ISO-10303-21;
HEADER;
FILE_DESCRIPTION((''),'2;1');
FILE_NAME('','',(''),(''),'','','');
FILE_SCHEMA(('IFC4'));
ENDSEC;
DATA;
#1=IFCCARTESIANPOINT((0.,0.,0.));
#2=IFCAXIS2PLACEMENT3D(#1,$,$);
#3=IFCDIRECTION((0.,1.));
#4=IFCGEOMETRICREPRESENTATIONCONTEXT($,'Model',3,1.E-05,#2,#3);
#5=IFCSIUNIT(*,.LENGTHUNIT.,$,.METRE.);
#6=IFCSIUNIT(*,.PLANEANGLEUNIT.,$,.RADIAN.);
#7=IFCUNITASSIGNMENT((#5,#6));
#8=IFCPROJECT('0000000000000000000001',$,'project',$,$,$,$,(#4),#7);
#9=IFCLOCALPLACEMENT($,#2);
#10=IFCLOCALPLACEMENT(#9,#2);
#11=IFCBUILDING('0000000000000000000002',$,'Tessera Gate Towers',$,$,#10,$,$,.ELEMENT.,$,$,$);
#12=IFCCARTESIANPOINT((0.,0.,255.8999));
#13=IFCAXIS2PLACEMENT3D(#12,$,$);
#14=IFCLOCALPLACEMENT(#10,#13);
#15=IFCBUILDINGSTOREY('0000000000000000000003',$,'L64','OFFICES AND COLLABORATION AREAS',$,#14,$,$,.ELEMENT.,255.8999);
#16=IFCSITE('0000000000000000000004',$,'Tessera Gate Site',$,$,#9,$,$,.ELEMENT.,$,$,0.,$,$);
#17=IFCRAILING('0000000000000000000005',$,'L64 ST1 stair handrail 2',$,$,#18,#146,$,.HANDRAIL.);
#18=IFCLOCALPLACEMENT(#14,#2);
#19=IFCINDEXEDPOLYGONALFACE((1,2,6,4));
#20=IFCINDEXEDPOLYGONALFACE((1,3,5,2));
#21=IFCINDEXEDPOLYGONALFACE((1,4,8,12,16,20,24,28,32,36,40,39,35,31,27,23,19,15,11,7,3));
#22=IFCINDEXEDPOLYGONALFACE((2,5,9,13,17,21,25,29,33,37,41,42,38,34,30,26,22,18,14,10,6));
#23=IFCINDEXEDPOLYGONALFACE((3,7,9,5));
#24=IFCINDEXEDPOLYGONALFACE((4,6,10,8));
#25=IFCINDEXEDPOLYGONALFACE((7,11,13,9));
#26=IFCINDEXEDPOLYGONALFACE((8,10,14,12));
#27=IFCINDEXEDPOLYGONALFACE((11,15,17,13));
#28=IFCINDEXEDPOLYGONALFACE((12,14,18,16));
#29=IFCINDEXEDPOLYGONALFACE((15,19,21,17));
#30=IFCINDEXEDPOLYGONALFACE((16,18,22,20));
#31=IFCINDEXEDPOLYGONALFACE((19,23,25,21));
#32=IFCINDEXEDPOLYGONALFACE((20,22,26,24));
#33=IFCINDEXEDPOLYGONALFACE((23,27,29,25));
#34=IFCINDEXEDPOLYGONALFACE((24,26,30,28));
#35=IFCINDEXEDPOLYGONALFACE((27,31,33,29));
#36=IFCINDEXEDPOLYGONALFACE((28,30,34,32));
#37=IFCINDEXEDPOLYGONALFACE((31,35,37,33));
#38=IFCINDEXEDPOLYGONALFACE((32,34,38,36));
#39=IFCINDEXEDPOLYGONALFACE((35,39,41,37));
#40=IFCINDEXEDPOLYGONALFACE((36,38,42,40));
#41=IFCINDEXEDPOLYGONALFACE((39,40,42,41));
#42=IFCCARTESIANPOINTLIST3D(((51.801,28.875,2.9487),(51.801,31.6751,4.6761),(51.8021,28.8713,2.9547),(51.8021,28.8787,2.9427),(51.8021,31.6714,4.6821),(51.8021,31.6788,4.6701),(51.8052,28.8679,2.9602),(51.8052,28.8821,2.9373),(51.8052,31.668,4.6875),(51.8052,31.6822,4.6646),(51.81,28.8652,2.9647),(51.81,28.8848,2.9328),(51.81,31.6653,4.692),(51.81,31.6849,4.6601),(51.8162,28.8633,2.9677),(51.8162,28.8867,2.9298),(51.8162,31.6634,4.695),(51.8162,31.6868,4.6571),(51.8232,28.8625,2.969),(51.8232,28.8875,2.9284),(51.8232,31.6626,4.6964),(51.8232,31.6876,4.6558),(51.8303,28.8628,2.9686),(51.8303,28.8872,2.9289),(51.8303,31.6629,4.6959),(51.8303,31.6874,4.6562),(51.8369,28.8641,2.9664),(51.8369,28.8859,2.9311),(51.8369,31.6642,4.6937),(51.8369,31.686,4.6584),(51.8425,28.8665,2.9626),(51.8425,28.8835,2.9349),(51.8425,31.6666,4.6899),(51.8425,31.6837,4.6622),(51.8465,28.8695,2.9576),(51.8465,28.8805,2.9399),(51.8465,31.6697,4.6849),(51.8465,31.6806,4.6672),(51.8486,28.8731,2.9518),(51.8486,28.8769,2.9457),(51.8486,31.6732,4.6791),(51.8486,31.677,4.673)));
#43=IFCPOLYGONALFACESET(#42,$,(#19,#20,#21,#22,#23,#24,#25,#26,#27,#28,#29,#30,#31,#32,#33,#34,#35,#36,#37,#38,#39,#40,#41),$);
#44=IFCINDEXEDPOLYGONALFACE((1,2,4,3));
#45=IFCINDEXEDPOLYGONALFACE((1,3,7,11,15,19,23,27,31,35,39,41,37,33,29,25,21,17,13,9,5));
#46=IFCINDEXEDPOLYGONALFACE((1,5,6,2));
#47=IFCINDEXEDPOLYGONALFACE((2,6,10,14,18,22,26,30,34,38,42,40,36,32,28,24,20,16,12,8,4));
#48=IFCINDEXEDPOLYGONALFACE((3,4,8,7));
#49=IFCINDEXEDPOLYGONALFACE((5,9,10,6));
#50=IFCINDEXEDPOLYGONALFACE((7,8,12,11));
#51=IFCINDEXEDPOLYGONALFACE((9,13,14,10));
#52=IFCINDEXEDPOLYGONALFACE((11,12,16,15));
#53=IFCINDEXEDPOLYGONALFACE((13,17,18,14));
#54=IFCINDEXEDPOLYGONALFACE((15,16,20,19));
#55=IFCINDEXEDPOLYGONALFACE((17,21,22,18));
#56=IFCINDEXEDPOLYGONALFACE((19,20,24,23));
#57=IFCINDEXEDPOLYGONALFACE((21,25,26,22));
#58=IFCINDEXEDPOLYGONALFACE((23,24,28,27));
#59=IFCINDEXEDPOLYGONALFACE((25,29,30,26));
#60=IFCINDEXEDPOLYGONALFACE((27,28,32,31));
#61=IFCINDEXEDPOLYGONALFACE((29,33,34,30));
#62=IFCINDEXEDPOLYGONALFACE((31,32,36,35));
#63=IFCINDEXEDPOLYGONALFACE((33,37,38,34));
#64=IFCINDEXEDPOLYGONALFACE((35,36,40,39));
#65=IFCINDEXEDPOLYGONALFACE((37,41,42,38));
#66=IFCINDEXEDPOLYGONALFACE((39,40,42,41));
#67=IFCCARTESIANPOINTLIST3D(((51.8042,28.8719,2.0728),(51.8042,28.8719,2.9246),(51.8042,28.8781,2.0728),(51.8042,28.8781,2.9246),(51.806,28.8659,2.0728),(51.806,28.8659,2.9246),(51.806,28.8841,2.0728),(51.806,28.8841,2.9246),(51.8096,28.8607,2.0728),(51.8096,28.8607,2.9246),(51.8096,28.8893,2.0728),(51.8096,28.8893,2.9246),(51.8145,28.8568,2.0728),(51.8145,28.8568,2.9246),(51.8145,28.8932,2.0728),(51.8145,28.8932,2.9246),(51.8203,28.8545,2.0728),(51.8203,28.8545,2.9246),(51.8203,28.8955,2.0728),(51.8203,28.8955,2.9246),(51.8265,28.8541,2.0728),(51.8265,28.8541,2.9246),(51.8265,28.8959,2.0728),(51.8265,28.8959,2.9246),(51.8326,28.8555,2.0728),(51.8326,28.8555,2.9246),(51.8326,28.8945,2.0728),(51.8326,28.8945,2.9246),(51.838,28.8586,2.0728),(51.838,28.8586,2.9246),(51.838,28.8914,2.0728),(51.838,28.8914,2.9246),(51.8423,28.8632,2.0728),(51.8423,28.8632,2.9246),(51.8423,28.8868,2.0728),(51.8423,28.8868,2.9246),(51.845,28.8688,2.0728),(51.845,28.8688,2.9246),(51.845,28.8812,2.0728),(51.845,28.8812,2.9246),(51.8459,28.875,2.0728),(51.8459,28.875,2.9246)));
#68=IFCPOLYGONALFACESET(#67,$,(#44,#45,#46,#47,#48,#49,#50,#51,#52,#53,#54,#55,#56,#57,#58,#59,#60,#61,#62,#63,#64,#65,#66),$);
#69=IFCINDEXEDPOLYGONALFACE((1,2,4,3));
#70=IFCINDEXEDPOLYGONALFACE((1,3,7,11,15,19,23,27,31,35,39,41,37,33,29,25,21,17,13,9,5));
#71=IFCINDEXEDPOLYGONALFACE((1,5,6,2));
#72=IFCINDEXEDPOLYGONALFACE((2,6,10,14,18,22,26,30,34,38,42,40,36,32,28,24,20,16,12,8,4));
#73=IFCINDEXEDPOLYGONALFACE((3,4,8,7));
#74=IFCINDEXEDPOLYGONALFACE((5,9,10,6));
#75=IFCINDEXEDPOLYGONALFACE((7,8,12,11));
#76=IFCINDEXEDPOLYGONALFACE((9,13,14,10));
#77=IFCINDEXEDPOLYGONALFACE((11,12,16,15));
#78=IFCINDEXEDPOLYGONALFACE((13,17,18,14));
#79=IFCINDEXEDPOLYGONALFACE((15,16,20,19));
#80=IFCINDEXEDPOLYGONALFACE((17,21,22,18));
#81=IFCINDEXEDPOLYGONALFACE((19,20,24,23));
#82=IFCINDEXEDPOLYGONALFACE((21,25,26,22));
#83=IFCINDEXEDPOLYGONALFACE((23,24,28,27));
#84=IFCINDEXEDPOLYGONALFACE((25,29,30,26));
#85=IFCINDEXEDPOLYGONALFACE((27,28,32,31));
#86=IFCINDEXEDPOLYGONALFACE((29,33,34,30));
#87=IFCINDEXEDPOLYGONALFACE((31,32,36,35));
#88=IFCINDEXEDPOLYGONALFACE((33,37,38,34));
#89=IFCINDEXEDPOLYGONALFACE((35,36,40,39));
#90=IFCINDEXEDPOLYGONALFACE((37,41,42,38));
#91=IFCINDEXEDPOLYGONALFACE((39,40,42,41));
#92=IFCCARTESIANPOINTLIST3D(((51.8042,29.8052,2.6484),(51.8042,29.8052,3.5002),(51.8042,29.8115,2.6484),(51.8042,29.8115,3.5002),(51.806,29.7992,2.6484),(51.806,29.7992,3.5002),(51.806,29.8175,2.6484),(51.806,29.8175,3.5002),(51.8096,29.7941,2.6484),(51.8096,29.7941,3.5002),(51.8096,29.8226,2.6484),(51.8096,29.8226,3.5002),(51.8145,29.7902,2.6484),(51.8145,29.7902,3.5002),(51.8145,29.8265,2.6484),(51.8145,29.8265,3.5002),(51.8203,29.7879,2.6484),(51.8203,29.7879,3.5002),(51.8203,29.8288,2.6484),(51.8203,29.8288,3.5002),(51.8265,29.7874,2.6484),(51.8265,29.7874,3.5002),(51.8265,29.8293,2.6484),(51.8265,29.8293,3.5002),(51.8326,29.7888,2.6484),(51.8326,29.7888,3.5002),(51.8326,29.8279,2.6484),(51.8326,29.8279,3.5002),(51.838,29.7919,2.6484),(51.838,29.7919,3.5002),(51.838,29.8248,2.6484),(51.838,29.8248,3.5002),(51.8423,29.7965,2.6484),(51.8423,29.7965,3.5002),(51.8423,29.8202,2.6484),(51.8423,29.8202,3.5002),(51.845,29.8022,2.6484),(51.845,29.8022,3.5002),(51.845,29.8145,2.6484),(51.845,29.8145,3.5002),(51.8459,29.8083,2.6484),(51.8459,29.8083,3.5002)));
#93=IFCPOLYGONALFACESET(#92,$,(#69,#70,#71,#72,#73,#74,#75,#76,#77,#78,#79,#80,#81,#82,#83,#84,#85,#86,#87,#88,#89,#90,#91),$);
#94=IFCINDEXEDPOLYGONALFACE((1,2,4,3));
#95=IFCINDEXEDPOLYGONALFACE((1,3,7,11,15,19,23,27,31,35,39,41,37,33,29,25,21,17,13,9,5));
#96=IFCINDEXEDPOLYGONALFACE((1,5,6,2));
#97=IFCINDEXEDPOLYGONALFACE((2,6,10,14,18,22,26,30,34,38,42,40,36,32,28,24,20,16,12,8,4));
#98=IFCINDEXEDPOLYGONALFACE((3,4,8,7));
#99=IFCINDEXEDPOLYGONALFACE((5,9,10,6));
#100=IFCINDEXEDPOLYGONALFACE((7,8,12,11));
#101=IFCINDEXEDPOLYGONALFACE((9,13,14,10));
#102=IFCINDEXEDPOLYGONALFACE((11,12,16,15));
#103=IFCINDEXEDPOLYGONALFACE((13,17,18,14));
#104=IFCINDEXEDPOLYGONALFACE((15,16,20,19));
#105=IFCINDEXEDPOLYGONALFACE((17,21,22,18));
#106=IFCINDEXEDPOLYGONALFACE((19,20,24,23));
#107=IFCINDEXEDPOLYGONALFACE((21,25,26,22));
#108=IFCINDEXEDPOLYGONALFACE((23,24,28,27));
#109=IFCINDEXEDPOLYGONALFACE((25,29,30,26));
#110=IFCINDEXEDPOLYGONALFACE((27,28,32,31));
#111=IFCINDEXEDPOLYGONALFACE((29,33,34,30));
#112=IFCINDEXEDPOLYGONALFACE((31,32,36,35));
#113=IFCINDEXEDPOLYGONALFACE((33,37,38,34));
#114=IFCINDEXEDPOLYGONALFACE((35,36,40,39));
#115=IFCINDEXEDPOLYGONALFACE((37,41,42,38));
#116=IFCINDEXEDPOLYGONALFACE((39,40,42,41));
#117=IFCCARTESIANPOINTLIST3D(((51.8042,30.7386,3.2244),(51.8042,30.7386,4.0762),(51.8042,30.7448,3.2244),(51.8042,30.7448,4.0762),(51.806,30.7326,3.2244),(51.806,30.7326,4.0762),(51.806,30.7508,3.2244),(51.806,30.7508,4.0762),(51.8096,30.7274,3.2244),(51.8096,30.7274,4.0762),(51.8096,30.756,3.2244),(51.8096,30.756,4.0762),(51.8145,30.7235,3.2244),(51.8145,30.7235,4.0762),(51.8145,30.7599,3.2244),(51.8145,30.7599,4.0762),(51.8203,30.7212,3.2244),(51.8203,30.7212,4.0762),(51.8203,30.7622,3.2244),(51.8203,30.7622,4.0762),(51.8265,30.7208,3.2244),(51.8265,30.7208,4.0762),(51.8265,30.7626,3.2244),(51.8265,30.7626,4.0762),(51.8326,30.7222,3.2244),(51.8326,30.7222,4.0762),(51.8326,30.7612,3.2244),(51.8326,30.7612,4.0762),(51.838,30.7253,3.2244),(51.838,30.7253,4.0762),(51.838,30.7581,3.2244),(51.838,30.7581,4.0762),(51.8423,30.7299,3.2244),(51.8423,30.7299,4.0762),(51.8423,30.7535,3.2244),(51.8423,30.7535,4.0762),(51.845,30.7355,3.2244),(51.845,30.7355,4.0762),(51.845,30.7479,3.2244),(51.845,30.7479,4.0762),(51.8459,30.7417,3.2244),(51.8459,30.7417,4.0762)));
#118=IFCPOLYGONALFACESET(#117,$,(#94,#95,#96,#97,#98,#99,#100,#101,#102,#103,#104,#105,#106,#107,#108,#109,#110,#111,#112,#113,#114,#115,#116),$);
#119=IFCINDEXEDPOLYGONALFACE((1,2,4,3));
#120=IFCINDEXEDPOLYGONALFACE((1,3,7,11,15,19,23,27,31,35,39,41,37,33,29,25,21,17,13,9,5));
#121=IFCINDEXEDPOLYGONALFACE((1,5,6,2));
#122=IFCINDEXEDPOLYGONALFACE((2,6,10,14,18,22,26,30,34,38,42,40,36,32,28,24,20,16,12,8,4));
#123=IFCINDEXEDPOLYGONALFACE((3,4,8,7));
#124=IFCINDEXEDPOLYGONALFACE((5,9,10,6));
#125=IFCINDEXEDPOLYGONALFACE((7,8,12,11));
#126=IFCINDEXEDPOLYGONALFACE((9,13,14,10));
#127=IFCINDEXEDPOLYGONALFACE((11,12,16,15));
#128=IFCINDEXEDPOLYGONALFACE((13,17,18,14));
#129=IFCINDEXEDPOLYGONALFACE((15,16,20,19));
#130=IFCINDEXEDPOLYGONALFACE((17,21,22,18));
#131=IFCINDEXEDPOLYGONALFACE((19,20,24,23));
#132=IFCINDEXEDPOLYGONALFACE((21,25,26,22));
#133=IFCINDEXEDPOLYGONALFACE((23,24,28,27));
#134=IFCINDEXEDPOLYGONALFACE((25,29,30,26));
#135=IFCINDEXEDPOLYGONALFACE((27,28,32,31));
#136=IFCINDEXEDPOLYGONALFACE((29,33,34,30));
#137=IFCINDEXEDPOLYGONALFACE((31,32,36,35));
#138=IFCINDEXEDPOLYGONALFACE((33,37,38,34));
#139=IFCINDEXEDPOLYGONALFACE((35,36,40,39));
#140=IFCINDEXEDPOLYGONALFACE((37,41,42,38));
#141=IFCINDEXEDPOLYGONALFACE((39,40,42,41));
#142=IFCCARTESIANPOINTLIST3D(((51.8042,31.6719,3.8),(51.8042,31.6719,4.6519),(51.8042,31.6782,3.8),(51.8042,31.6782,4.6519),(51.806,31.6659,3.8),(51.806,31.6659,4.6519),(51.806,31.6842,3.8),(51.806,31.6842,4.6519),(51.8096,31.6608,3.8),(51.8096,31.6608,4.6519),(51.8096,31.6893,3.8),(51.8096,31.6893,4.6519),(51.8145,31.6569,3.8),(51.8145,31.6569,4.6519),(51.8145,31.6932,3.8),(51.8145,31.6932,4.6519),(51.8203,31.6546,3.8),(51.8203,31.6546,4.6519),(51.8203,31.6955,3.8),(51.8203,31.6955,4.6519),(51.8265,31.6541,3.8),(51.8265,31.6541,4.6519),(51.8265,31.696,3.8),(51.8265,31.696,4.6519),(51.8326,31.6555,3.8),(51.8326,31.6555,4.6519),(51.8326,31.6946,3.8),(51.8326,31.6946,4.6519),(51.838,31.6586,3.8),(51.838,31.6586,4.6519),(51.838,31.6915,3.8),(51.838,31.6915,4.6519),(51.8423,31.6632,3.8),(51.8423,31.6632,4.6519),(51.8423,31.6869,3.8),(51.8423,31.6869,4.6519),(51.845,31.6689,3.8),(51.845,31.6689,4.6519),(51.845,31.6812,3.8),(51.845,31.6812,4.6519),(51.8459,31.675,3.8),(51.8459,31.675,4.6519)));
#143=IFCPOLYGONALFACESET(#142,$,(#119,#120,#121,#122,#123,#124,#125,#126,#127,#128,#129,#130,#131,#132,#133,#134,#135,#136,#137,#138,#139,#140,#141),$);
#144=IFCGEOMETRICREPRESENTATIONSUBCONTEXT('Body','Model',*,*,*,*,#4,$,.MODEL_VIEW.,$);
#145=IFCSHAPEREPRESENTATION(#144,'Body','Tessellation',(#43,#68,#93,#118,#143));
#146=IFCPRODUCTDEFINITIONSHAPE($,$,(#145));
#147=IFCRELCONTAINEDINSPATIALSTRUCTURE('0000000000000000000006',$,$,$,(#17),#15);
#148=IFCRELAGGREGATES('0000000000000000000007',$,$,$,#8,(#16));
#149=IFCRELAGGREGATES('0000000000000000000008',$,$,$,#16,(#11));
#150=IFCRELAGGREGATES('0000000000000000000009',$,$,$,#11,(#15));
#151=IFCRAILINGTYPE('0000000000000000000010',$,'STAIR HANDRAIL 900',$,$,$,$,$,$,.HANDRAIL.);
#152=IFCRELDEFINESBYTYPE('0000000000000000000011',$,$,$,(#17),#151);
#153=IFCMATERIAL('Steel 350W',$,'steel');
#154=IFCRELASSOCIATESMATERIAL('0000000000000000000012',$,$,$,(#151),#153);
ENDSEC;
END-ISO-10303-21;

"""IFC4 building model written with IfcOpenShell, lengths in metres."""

from ifc_helpers import new_model, si_unit, direction, frame, origin, origin_2d, place, context, subcontext, project, spatial, circle, extrude, material, type_object, element, save


model = new_model("IFC4")

# Units and contexts
model_context = context("Model", 3, precision=1e-05, world=origin(), true_north=direction((0.0, 1.0)))
body_context = subcontext(model_context, "Body", "Model", "MODEL_VIEW")
ifc_project = project(units=[si_unit("LENGTHUNIT", "METRE"), si_unit("PLANEANGLEUNIT", "RADIAN")], contexts=[model_context])

# Site, building, storey
site_placement = place(None, origin())
site = spatial("IfcSite", under=ifc_project, at=site_placement, Name="Tessera Gate Site", CompositionType="ELEMENT", RefElevation=0.0)
building_placement = place(site_placement, origin())
building = spatial("IfcBuilding", under=site, at=building_placement, Name="Tessera Gate Towers", CompositionType="ELEMENT")
storey_placement = place(building_placement, frame((0.0, 0.0, 255.8999)))
storey = spatial("IfcBuildingStorey", under=building, at=storey_placement, Name="L64", Description="OFFICES AND COLLABORATION AREAS", CompositionType="ELEMENT", Elevation=255.8999)

# Railing
ifc_material_1 = material(Name="Steel 350W", Category="steel")
railing_type_1 = type_object("IfcRailingType", Name="STAIR HANDRAIL 900", PredefinedType="HANDRAIL", material=ifc_material_1)
for number, where, name in (
    (1, (51.825, 28.875, 2.0728), "L64 ST1 stair handrail 2"),
):
    element("IfcRailing", number, at=place(storey_placement, frame(where)), inside=storey, type_object=railing_type_1, Name=name, PredefinedType="HANDRAIL", context=body_context, shape_type="SweptSolid", body=[
        extrude(circle(Radius=0.0239, at=origin_2d()), frame((0.0, 0.0, 0.876), z_axis=(0.0, 0.85109, 0.52502), x_axis=(-1.0, 0.0, 0.0)), (0.0, 0.0, 1.0), 3.29),
        extrude(circle(Radius=0.021, at=origin_2d()), origin(), (0.0, 0.0, 1.0), 0.8518),
        extrude(circle(Radius=0.021, at=origin_2d()), frame((0.0, 0.9333, 0.5757)), (0.0, 0.0, 1.0), 0.8518),
        extrude(circle(Radius=0.021, at=origin_2d()), frame((0.0, 1.8667, 1.1516)), (0.0, 0.0, 1.0), 0.8518),
        extrude(circle(Radius=0.021, at=origin_2d()), frame((0.0, 2.8, 1.7273)), (0.0, 0.0, 1.0), 0.8518),
    ])

save(model, "model.ifc")
